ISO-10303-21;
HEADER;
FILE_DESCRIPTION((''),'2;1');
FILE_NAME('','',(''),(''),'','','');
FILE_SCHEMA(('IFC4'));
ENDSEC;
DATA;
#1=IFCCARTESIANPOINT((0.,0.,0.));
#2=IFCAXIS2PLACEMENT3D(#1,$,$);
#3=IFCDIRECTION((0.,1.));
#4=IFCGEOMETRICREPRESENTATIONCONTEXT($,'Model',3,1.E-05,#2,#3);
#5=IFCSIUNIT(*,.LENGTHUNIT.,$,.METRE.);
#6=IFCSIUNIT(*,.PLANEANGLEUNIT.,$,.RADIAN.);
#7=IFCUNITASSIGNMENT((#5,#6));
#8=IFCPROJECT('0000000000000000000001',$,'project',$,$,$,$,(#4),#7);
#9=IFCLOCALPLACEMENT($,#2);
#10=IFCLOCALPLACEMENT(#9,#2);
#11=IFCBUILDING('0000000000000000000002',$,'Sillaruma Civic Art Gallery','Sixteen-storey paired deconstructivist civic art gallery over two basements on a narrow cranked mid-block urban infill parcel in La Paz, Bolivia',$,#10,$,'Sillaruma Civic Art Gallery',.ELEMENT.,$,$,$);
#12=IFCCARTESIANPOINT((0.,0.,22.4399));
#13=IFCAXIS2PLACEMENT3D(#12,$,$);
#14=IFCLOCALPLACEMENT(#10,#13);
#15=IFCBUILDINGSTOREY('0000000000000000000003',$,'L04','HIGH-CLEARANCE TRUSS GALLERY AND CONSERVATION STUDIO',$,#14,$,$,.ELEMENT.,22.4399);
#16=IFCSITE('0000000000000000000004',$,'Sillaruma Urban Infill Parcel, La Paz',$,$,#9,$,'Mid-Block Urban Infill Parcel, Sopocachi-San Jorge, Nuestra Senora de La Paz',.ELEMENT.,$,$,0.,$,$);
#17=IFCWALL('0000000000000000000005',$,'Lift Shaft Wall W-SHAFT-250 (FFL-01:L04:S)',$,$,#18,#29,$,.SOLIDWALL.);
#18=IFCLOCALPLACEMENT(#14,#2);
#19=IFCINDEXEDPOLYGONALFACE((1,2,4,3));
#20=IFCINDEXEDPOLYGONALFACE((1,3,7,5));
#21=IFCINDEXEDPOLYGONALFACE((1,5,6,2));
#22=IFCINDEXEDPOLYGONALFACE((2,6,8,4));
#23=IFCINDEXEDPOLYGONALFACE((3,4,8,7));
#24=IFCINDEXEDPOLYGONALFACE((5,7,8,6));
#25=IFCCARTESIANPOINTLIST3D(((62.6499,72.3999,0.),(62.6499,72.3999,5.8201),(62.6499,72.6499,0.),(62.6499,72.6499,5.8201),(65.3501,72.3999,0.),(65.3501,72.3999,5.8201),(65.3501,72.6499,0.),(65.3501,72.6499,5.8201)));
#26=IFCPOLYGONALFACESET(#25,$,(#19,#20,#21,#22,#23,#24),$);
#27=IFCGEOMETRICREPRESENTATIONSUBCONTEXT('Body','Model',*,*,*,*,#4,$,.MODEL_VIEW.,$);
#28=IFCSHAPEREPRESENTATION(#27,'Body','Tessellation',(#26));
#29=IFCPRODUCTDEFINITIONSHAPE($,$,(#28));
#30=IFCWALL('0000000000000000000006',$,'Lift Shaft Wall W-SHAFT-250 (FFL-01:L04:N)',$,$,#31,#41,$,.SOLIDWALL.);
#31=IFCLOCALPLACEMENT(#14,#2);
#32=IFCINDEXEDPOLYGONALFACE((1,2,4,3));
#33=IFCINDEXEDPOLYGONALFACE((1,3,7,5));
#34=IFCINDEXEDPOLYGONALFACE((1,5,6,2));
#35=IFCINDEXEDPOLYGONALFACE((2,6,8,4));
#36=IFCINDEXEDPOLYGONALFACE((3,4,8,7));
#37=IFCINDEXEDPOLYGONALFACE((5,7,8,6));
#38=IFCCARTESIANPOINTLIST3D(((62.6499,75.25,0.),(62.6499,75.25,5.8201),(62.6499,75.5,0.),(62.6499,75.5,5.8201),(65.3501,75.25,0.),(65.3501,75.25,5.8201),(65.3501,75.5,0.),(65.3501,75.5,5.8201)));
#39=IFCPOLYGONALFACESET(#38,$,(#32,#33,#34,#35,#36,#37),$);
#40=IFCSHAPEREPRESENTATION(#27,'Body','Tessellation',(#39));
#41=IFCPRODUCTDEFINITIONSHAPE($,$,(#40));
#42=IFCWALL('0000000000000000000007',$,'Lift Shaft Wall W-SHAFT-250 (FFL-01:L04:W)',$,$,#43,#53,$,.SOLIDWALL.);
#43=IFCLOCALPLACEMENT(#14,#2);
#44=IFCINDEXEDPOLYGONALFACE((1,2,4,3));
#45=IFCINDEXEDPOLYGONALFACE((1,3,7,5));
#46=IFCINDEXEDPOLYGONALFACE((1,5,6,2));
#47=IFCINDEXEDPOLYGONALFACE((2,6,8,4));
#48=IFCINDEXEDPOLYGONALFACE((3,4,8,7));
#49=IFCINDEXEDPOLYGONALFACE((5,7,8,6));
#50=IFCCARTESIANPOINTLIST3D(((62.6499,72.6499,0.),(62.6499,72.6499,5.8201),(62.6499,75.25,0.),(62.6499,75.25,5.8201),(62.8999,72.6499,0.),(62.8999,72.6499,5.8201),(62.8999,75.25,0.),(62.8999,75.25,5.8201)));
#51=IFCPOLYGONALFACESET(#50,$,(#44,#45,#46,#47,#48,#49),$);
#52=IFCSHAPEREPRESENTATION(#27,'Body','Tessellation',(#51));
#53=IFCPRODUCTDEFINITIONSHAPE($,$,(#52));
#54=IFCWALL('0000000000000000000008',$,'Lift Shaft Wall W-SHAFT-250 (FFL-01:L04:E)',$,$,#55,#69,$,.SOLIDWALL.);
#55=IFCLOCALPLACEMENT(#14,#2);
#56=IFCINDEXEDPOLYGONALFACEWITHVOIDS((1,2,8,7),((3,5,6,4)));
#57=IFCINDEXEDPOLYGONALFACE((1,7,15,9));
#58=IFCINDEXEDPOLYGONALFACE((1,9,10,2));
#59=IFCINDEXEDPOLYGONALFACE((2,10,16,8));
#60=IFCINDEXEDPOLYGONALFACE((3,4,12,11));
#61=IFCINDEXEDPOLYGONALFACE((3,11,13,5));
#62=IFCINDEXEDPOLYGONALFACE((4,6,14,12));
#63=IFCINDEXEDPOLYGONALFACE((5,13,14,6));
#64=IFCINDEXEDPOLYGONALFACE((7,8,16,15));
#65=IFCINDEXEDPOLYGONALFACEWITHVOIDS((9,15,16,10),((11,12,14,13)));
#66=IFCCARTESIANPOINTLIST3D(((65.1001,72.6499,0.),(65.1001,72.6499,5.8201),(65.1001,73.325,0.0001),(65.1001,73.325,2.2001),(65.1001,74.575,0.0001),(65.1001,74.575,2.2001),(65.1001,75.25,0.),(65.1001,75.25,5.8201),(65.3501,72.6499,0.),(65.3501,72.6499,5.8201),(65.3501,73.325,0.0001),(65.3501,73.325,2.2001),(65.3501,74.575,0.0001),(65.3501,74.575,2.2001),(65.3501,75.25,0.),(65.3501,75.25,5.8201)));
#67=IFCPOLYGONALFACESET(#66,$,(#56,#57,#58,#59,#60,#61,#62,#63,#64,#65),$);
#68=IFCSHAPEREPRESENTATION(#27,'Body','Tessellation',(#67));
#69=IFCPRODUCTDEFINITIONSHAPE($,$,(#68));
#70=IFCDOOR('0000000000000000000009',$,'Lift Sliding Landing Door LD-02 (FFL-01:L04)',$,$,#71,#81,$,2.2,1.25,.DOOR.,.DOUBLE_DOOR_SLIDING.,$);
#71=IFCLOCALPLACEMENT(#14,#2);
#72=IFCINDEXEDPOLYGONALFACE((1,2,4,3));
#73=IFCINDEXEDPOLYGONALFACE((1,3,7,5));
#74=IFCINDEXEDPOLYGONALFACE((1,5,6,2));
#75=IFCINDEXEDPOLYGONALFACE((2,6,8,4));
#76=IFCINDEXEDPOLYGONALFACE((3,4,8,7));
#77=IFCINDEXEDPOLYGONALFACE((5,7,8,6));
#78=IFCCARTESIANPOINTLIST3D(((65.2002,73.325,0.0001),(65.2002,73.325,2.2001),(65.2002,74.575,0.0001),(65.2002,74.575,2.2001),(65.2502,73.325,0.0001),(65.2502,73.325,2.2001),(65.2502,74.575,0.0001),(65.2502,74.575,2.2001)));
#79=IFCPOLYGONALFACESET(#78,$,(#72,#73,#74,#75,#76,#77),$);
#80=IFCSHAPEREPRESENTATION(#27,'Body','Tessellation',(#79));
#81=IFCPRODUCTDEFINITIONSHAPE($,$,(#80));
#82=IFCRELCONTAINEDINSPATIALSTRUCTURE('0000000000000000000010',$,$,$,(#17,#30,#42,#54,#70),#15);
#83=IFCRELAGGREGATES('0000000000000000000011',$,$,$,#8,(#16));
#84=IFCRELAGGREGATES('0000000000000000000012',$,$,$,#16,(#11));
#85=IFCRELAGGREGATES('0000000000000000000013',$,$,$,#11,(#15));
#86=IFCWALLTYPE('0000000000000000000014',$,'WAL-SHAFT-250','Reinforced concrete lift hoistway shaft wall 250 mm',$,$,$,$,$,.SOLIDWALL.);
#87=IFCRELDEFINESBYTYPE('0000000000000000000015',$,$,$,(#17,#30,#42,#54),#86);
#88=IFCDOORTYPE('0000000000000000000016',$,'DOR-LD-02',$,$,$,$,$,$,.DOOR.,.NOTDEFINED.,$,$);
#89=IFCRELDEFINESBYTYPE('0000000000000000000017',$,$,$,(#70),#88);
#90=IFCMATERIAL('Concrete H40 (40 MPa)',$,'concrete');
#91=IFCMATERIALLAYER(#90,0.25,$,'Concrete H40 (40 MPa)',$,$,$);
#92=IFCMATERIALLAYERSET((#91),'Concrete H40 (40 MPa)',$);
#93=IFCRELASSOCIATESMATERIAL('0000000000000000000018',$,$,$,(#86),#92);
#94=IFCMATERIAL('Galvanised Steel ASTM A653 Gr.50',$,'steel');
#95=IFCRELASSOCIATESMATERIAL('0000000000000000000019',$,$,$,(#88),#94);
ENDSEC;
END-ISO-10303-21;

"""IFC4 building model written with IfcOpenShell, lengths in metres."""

from ifc_helpers import new_model, si_unit, direction, frame, frame_2d, origin, place, context, subcontext, project, spatial, rectangle, extrude, material, layer, layer_set, type_object, element, fill, save


model = new_model("IFC4")

# Units and contexts
model_context = context("Model", 3, precision=1e-05, world=origin(), true_north=direction((0.0, 1.0)))
body_context = subcontext(model_context, "Body", "Model", "MODEL_VIEW")
ifc_project = project(units=[si_unit("LENGTHUNIT", "METRE"), si_unit("PLANEANGLEUNIT", "RADIAN")], contexts=[model_context])

# Site, building, storey
site_placement = place(None, origin())
site = spatial("IfcSite", under=ifc_project, at=site_placement, Name="Sillaruma Urban Infill Parcel, La Paz", LongName="Mid-Block Urban Infill Parcel, Sopocachi-San Jorge, Nuestra Senora de La Paz", CompositionType="ELEMENT", RefElevation=0.0)
building_placement = place(site_placement, origin())
building = spatial("IfcBuilding", under=site, at=building_placement, Name="Sillaruma Civic Art Gallery", Description="Sixteen-storey paired deconstructivist civic art gallery over two basements on a narrow cranked mid-block urban infill parcel in La Paz, Bolivia", LongName="Sillaruma Civic Art Gallery", CompositionType="ELEMENT")
storey_placement = place(building_placement, frame((0.0, 0.0, 22.4399)))
storey = spatial("IfcBuildingStorey", under=building, at=storey_placement, Name="L04", Description="HIGH-CLEARANCE TRUSS GALLERY AND CONSERVATION STUDIO", CompositionType="ELEMENT", Elevation=22.4399)

# Shared definitions
ifc_material_1 = material(Name="Concrete H40 (40 MPa)", Category="concrete")

# Shared definitions
ifc_material_2 = material(Name="Galvanised Steel ASTM A653 Gr.50", Category="steel")

# Walls
ifc_layer_1 = layer(ifc_material_1, 0.25, Name="Concrete H40 (40 MPa)")
ifc_layer_set_1 = layer_set([ifc_layer_1], Name="Concrete H40 (40 MPa)")
wall_type_1 = type_object("IfcWallType", Name="WAL-SHAFT-250", Description="Reinforced concrete lift hoistway shaft wall 250 mm", PredefinedType="SOLIDWALL", material=ifc_layer_set_1)
for number, where, z_axis, x_axis, name in (
    (1, (62.6499, 72.5249, 0.0), (0.0, 0.0, 1.0), (1.0, 0.0, 0.0), "Lift Shaft Wall W-SHAFT-250 (FFL-01:L04:S)"),
    (2, (62.6499, 75.375, 0.0), (0.0, 0.0, 1.0), (1.0, 0.0, 0.0), "Lift Shaft Wall W-SHAFT-250 (FFL-01:L04:N)"),
):
    element("IfcWall", number, at=place(storey_placement, frame(where, z_axis=z_axis, x_axis=x_axis)), inside=storey, type_object=wall_type_1, Name=name, PredefinedType="SOLIDWALL", context=body_context, shape_type="SweptSolid", body=[
        extrude(rectangle(XDim=2.7002, YDim=0.25, at=frame_2d((1.3501, 0.0))), origin(), (0.0, 0.0, 1.0), 5.8201),
    ])
wall_1_placement = place(storey_placement, frame((62.7749, 72.6499, 0.0), z_axis=(0.0, 0.0, 1.0), x_axis=(0.0, 1.0, 0.0)))
element("IfcWall", 3, at=wall_1_placement, inside=storey, type_object=wall_type_1, Name="Lift Shaft Wall W-SHAFT-250 (FFL-01:L04:W)", PredefinedType="SOLIDWALL", context=body_context, shape_type="SweptSolid", body=[
    extrude(rectangle(XDim=2.6001, YDim=0.25, at=frame_2d((1.3, 0.0))), origin(), (0.0, 0.0, 1.0), 5.8201),
])

# Wall, opening, door
wall_2_placement = place(storey_placement, frame((65.2251, 72.6499, 0.0), z_axis=(0.0, 0.0, 1.0), x_axis=(0.0, 1.0, 0.0)))
wall_2 = element("IfcWall", 4, at=wall_2_placement, inside=storey, type_object=wall_type_1, Name="Lift Shaft Wall W-SHAFT-250 (FFL-01:L04:E)", PredefinedType="SOLIDWALL", context=body_context, shape_type="SweptSolid", body=[
    extrude(rectangle(XDim=2.6001, YDim=0.25, at=frame_2d((1.3, 0.0))), origin(), (0.0, 0.0, 1.0), 5.8201),
])
opening_1_placement = place(wall_2_placement, frame((0.675, 0.0, 0.0)))
opening_1 = element("IfcOpeningElement", 5, at=opening_1_placement, cuts=wall_2, PredefinedType="OPENING", context=body_context, shape_type="SweptSolid", body=[
    extrude(rectangle(XDim=1.25, YDim=2.2, at=frame_2d((0.625, 1.1001))), frame((0.0, 0.135, 0.0), z_axis=(0.0, -1.0, 0.0), x_axis=(1.0, 0.0, 0.0)), (0.0, 0.0, 1.0), 0.27),
])
door_type_1 = type_object("IfcDoorType", Name="DOR-LD-02", OperationType="NOTDEFINED", PredefinedType="DOOR", material=ifc_material_2)
door_1_placement = place(opening_1_placement, origin())
door_1 = element("IfcDoor", 6, at=door_1_placement, inside=storey, type_object=door_type_1, Name="Lift Sliding Landing Door LD-02 (FFL-01:L04)", OperationType="DOUBLE_DOOR_SLIDING", OverallHeight=2.2, OverallWidth=1.25, PredefinedType="DOOR", context=body_context, shape_type="SweptSolid", body=[
    extrude(rectangle(XDim=1.25, YDim=2.2, at=frame_2d((0.625, 1.1001))), frame((0.0, 0.0249, 0.0), z_axis=(0.0, -1.0, 0.0), x_axis=(1.0, 0.0, 0.0)), (0.0, 0.0, 1.0), 0.05),
])
fill(opening_1, door_1)

save(model, "model.ifc")
